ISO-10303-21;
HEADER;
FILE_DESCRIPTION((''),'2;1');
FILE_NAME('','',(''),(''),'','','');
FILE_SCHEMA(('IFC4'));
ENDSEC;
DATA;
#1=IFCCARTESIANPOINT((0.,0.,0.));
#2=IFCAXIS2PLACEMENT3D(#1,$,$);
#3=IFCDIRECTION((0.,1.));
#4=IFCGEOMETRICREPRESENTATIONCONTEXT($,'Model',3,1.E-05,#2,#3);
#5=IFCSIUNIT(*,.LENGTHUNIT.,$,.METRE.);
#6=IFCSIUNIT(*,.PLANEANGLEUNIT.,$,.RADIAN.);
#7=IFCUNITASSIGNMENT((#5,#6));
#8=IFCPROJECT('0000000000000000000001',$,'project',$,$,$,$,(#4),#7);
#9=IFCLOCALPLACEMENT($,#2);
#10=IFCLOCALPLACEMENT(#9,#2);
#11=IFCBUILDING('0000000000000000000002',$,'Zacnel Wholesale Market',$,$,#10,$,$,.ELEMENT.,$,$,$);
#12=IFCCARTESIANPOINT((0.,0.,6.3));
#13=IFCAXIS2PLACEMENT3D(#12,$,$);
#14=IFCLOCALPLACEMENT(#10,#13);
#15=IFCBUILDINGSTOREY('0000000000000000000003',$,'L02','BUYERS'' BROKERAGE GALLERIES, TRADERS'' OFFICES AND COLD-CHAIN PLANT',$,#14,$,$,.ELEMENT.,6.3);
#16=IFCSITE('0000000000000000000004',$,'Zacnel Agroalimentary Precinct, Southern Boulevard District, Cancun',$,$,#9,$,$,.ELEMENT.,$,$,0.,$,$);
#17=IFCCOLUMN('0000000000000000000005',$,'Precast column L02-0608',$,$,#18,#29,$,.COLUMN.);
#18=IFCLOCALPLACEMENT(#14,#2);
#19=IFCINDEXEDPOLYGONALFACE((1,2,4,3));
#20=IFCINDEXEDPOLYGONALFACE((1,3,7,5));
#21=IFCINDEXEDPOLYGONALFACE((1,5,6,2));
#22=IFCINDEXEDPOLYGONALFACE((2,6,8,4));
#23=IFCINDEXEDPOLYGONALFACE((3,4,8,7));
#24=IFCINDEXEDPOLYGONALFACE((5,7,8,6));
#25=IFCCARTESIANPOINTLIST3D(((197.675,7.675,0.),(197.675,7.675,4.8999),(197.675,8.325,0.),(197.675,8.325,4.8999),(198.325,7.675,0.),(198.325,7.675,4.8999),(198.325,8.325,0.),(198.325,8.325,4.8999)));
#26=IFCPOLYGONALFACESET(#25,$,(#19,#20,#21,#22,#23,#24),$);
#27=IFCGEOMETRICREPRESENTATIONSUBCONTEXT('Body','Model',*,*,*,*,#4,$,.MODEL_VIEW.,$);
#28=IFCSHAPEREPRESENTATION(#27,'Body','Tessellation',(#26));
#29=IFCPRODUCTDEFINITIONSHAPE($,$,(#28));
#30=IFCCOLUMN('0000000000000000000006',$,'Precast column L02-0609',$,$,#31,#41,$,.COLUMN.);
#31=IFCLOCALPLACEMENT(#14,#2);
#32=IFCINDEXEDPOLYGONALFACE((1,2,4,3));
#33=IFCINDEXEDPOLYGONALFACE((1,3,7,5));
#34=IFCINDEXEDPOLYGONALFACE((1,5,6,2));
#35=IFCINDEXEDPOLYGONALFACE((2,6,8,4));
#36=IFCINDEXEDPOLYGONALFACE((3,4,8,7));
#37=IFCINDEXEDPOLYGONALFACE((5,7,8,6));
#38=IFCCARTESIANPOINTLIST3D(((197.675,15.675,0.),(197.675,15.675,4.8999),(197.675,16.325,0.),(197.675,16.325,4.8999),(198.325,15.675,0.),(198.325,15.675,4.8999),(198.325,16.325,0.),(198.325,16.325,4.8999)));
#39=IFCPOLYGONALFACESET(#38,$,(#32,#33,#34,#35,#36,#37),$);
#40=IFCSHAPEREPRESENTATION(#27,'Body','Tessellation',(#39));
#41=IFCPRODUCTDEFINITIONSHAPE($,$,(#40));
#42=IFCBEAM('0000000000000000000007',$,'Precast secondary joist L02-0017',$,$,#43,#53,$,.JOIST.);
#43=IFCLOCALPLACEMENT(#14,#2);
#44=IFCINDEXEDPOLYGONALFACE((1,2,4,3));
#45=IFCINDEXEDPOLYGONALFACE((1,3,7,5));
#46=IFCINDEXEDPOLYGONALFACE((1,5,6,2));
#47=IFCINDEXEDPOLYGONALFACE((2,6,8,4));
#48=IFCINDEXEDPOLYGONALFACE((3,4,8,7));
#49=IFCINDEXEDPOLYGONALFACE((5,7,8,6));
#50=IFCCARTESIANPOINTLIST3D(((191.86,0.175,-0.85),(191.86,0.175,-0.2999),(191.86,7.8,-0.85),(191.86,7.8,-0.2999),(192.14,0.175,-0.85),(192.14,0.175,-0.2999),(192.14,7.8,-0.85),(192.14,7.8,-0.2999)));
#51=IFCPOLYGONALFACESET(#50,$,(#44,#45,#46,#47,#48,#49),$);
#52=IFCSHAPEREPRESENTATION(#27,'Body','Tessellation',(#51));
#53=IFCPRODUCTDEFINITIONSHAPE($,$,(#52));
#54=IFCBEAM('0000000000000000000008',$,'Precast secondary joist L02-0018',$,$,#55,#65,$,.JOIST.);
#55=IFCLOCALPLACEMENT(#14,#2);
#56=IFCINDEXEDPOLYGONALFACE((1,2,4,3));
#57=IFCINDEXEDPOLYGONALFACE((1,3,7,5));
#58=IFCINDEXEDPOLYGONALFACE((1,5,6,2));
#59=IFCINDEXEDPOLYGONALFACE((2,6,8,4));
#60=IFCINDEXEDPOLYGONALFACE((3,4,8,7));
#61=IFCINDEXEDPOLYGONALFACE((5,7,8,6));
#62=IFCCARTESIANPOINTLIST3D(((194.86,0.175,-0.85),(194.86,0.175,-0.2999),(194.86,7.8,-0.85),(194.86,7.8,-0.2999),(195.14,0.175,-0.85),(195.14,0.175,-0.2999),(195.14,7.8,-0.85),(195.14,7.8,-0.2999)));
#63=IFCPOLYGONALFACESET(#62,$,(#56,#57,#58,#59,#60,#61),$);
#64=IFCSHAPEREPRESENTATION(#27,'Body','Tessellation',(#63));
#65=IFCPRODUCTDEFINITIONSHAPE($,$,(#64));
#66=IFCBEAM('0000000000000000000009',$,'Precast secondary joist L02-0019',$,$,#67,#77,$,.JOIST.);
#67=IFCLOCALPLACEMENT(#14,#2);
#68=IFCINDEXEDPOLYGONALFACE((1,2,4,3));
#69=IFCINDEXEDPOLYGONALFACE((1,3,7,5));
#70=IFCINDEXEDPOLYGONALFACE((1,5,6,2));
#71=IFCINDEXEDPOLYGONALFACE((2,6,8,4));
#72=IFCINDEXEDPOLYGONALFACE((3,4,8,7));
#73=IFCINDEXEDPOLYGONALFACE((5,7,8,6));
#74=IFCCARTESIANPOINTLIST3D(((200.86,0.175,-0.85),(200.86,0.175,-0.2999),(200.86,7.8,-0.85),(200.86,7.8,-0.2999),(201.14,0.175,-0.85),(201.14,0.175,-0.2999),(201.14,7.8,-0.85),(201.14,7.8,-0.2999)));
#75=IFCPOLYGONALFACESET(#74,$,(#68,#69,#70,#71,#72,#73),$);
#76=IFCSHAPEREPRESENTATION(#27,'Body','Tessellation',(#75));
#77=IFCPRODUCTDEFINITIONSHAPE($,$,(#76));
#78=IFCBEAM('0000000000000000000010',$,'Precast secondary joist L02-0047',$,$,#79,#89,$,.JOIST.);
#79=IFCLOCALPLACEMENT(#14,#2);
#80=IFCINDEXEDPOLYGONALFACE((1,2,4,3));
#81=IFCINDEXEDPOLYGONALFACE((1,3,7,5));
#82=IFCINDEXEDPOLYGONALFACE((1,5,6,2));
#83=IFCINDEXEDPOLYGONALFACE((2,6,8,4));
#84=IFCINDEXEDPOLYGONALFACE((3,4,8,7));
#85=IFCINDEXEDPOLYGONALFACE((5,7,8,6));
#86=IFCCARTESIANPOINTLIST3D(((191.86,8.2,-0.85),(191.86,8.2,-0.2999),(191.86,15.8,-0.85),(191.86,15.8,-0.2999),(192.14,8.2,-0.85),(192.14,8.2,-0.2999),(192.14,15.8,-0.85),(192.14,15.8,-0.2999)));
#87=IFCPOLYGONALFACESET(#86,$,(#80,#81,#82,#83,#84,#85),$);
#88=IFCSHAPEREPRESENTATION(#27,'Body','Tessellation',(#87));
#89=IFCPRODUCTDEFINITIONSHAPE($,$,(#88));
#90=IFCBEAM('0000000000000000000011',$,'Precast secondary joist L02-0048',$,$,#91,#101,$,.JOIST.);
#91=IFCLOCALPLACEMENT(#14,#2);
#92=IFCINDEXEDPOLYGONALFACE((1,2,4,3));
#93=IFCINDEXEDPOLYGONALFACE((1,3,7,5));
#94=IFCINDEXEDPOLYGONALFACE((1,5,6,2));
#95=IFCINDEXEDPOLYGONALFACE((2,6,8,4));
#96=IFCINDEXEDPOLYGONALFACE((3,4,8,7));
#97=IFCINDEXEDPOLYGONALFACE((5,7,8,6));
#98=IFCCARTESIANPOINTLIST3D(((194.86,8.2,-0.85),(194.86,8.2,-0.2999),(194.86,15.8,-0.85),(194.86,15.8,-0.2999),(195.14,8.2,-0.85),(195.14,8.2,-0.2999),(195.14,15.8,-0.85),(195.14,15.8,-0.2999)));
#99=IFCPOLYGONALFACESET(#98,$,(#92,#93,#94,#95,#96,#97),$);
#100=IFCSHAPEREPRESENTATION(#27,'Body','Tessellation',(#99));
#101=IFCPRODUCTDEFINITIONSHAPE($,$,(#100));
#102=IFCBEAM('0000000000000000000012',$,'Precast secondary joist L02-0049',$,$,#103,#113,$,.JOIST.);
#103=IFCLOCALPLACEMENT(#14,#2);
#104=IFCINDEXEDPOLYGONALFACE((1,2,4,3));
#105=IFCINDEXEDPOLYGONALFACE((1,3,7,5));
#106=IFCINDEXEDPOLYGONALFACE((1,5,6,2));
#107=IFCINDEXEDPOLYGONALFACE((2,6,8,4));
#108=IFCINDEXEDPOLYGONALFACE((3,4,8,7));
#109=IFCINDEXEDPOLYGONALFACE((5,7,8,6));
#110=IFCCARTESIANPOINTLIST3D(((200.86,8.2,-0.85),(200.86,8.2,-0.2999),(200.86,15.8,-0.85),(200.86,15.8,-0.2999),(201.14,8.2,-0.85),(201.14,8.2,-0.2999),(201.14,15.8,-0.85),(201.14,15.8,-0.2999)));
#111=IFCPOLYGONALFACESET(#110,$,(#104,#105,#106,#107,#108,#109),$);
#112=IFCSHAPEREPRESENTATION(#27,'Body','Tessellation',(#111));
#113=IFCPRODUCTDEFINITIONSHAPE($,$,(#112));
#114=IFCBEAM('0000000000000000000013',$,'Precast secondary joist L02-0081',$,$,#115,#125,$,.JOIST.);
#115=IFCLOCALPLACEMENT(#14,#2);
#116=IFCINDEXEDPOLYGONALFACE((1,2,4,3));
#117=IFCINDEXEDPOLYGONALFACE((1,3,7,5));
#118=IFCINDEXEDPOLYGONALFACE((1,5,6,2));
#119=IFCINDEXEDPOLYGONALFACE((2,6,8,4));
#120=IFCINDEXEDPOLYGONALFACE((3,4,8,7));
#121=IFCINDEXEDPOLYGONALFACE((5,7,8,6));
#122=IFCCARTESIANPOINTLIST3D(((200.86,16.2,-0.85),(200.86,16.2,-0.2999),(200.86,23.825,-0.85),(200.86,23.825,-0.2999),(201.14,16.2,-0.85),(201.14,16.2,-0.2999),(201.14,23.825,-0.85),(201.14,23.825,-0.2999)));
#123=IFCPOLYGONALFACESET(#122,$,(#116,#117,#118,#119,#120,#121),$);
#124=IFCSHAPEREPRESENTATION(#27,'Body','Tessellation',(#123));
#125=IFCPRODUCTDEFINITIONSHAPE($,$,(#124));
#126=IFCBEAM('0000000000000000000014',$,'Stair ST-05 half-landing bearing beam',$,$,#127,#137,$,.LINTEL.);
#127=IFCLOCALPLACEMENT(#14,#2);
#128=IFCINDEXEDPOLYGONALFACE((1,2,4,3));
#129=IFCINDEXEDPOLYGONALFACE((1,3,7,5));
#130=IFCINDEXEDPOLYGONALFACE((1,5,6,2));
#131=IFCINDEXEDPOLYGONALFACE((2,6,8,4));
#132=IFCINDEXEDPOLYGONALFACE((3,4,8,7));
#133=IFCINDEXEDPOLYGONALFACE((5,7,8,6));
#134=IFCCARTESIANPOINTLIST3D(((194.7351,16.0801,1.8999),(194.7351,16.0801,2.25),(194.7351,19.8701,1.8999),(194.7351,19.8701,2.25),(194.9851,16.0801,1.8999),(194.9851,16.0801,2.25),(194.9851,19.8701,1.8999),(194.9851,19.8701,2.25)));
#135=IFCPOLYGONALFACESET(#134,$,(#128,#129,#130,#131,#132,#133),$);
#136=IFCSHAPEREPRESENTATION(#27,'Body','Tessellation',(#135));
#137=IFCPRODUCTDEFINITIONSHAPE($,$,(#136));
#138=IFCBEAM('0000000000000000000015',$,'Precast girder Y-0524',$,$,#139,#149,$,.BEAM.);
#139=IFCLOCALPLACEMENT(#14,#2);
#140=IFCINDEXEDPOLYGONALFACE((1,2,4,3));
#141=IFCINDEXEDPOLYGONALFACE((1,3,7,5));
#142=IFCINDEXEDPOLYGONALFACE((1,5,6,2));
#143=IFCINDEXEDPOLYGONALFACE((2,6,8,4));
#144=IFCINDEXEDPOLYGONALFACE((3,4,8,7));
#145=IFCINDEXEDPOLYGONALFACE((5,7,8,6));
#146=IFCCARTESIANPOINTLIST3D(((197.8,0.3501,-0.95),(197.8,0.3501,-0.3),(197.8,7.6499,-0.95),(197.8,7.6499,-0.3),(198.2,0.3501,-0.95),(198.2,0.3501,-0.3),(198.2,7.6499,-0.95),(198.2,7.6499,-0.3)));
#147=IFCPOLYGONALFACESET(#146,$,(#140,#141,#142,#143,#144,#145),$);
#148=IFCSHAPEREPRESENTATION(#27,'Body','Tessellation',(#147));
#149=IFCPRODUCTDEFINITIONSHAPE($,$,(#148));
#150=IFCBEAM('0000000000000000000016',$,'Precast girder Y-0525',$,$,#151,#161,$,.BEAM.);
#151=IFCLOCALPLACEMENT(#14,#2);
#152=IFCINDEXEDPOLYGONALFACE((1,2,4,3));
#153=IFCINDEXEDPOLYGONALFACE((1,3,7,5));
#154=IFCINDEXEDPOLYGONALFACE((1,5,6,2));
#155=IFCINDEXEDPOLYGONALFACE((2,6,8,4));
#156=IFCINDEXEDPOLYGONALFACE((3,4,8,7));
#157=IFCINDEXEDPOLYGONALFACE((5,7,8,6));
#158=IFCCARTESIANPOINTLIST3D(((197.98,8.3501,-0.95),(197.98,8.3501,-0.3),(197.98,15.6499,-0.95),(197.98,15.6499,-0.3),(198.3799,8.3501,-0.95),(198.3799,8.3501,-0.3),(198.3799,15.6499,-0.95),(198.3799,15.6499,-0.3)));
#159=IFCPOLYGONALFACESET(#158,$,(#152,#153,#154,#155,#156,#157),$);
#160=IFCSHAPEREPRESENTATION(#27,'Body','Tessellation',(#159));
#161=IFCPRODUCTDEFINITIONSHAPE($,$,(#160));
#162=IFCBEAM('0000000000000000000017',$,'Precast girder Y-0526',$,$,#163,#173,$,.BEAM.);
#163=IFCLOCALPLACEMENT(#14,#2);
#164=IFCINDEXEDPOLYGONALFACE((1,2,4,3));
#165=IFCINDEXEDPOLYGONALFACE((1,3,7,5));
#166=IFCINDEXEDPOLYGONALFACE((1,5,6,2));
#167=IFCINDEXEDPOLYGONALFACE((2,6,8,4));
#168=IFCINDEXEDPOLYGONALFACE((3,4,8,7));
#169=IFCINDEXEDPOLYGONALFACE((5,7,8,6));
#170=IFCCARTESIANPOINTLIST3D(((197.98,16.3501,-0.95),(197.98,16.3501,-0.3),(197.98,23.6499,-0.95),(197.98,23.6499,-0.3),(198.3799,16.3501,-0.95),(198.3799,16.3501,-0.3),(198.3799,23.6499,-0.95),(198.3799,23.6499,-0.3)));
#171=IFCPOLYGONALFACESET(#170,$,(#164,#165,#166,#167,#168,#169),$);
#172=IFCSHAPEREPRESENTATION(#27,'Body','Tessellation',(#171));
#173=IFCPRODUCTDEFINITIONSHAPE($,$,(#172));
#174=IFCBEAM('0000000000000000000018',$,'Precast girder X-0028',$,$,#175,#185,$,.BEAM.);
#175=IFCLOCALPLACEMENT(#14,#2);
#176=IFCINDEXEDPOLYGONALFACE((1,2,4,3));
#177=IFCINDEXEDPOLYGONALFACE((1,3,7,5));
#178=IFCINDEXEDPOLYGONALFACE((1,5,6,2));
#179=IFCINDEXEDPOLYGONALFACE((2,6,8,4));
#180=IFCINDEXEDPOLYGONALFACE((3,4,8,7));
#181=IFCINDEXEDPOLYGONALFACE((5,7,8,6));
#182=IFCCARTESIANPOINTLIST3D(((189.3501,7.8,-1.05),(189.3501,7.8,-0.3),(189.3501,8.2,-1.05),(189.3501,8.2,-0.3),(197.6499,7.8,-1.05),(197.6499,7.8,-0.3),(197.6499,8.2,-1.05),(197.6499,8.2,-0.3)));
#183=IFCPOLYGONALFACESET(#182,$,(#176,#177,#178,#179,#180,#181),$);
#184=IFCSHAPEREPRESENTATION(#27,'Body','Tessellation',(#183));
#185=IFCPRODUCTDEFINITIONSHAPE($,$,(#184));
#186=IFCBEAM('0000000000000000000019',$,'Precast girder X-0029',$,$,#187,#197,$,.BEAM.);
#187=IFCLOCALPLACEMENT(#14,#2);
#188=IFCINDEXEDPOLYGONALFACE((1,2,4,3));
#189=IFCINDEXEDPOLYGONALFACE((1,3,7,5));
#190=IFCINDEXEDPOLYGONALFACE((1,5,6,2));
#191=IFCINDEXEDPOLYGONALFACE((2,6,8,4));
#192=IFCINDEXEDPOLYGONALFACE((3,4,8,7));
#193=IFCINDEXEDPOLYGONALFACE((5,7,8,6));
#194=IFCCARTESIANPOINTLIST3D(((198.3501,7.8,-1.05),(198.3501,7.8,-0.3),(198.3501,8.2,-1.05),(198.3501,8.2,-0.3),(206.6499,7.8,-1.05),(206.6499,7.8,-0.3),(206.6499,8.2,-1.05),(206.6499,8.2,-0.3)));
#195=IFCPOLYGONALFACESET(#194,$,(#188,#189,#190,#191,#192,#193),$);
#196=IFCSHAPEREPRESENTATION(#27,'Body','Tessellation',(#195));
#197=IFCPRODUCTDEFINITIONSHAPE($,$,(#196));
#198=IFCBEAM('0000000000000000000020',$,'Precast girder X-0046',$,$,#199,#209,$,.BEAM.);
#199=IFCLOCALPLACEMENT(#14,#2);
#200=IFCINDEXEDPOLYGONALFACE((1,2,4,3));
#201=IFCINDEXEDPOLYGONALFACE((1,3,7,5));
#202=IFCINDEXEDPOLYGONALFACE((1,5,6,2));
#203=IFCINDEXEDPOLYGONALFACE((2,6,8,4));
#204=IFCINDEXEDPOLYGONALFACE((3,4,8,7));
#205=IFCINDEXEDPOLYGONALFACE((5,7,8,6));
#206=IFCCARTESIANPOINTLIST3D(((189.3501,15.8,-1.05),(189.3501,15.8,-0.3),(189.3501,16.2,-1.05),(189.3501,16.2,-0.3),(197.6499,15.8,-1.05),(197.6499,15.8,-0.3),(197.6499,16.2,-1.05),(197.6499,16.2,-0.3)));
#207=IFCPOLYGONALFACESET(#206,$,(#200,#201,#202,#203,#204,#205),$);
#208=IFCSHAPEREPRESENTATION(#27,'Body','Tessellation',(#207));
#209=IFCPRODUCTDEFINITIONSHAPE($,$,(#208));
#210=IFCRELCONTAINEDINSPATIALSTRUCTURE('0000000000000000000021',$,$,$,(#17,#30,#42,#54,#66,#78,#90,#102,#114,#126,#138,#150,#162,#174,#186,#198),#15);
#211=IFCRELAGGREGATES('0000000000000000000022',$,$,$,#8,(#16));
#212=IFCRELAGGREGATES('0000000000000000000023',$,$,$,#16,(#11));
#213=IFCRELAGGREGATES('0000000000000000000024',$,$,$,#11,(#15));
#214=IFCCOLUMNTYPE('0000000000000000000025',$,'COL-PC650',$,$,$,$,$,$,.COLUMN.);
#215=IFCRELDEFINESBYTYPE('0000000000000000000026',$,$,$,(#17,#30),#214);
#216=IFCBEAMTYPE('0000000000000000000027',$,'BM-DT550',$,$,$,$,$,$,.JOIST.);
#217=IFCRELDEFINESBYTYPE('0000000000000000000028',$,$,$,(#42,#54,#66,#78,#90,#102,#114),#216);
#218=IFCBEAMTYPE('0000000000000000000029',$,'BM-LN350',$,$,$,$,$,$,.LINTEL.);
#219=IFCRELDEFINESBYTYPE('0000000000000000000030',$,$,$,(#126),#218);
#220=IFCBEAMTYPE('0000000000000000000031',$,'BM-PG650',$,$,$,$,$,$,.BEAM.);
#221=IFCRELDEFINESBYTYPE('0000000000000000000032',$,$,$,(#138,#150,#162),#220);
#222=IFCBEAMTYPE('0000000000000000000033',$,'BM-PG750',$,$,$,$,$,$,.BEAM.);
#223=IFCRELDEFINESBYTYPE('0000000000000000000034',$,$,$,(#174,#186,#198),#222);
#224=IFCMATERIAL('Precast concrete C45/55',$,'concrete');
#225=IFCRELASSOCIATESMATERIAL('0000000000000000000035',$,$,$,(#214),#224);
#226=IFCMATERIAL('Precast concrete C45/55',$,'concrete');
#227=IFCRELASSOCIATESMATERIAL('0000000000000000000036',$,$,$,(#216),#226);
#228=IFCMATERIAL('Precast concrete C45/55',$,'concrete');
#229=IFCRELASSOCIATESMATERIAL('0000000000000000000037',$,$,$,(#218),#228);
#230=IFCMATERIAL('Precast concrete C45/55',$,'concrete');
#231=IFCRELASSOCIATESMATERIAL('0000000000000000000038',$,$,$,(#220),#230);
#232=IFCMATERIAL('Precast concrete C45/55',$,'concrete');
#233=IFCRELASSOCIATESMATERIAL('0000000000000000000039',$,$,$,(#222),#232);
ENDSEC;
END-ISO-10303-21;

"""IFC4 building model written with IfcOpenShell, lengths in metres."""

from ifc_helpers import new_model, si_unit, direction, frame, origin, origin_2d, place, context, subcontext, project, spatial, rectangle, extrude, material, material_profile, profile_set, type_object, element, save


model = new_model("IFC4")

# Units and contexts
model_context = context("Model", 3, precision=1e-05, world=origin(), true_north=direction((0.0, 1.0)))
body_context = subcontext(model_context, "Body", "Model", "MODEL_VIEW")
ifc_project = project(units=[si_unit("LENGTHUNIT", "METRE"), si_unit("PLANEANGLEUNIT", "RADIAN")], contexts=[model_context])

# Site, building, storey
site_placement = place(None, origin())
site = spatial("IfcSite", under=ifc_project, at=site_placement, Name="Zacnel Agroalimentary Precinct, Southern Boulevard District, Cancun", CompositionType="ELEMENT", RefElevation=0.0)
building_placement = place(site_placement, origin())
building = spatial("IfcBuilding", under=site, at=building_placement, Name="Zacnel Wholesale Market", CompositionType="ELEMENT")
storey_placement = place(building_placement, frame((0.0, 0.0, 6.3)))
storey = spatial("IfcBuildingStorey", under=building, at=storey_placement, Name="L02", Description="BUYERS' BROKERAGE GALLERIES, TRADERS' OFFICES AND COLD-CHAIN PLANT", CompositionType="ELEMENT", Elevation=6.3)

# Columns
ifc_material_1 = material(Name="Precast concrete C45/55", Category="concrete")
ifc_material_profile_1 = material_profile(ifc_material_1, rectangle(XDim=0.6499, YDim=0.6499, at=origin_2d()), Name="PC 650x650")
ifc_profile_set_1 = profile_set([ifc_material_profile_1], Name="Precast concrete C45/55")
column_type = type_object("IfcColumnType", Name="COL-PC650", PredefinedType="COLUMN", material=ifc_profile_set_1)
for number, where, z_axis, x_axis, name in (
    (1, (198.0, 8.0, 0.0), (0.0, 0.0, 1.0), (1.0, 0.0, 0.0), "Precast column L02-0608"),
    (2, (198.0, 16.0, 0.0), (0.0, 0.0, 1.0), (1.0, 0.0, 0.0), "Precast column L02-0609"),
):
    element("IfcColumn", number, at=place(storey_placement, frame(where, z_axis=z_axis, x_axis=x_axis)), inside=storey, type_object=column_type, Name=name, PredefinedType="COLUMN", context=body_context, shape_type="SweptSolid", body=[
        extrude(rectangle(XDim=0.6499, YDim=0.6499, at=origin_2d()), origin(), (0.0, 0.0, 1.0), 4.8999),
    ])

# Beams
ifc_material_2 = material(Name="Precast concrete C45/55", Category="concrete")
ifc_material_profile_2 = material_profile(ifc_material_2, rectangle(XDim=0.28, YDim=0.55, at=origin_2d()), Name="DT RIB 280x550")
ifc_profile_set_2 = profile_set([ifc_material_profile_2], Name="Precast concrete C45/55")
beam_type_1 = type_object("IfcBeamType", Name="BM-DT550", PredefinedType="JOIST", material=ifc_profile_set_2)
for number, where, z_axis, x_axis, name in (
    (3, (192.0, 0.175, -0.575), (0.0, 1.0, 0.0), (-1.0, 0.0, 0.0), "Precast secondary joist L02-0017"),
    (4, (195.0, 0.175, -0.575), (0.0, 1.0, 0.0), (-1.0, 0.0, 0.0), "Precast secondary joist L02-0018"),
    (5, (201.0, 0.175, -0.575), (0.0, 1.0, 0.0), (-1.0, 0.0, 0.0), "Precast secondary joist L02-0019"),
):
    element("IfcBeam", number, at=place(storey_placement, frame(where, z_axis=z_axis, x_axis=x_axis)), inside=storey, type_object=beam_type_1, Name=name, PredefinedType="JOIST", context=body_context, shape_type="SweptSolid", body=[
        extrude(rectangle(XDim=0.28, YDim=0.55, at=origin_2d()), origin(), (0.0, 0.0, 1.0), 7.625),
    ])
for number, where, z_axis, x_axis, name in (
    (6, (192.0, 8.2, -0.575), (0.0, 1.0, 0.0), (-1.0, 0.0, 0.0), "Precast secondary joist L02-0047"),
    (7, (195.0, 8.2, -0.575), (0.0, 1.0, 0.0), (-1.0, 0.0, 0.0), "Precast secondary joist L02-0048"),
    (8, (201.0, 8.2, -0.575), (0.0, 1.0, 0.0), (-1.0, 0.0, 0.0), "Precast secondary joist L02-0049"),
):
    element("IfcBeam", number, at=place(storey_placement, frame(where, z_axis=z_axis, x_axis=x_axis)), inside=storey, type_object=beam_type_1, Name=name, PredefinedType="JOIST", context=body_context, shape_type="SweptSolid", body=[
        extrude(rectangle(XDim=0.28, YDim=0.55, at=origin_2d()), origin(), (0.0, 0.0, 1.0), 7.6001),
    ])
beam_1_placement = place(storey_placement, frame((201.0, 16.2, -0.575), z_axis=(0.0, 1.0, 0.0), x_axis=(-1.0, 0.0, 0.0)))
element("IfcBeam", 9, at=beam_1_placement, inside=storey, type_object=beam_type_1, Name="Precast secondary joist L02-0081", PredefinedType="JOIST", context=body_context, shape_type="SweptSolid", body=[
    extrude(rectangle(XDim=0.28, YDim=0.55, at=origin_2d()), origin(), (0.0, 0.0, 1.0), 7.625),
])
ifc_material_3 = material(Name="Precast concrete C45/55", Category="concrete")
ifc_material_profile_3 = material_profile(ifc_material_3, rectangle(XDim=0.25, YDim=0.3501, at=origin_2d()), Name="LN 250x350")
ifc_profile_set_3 = profile_set([ifc_material_profile_3], Name="Precast concrete C45/55")
beam_type_2 = type_object("IfcBeamType", Name="BM-LN350", PredefinedType="LINTEL", material=ifc_profile_set_3)
beam_2_placement = place(storey_placement, frame((194.8601, 16.0801, 2.075), z_axis=(0.0, 1.0, 0.0), x_axis=(-1.0, 0.0, 0.0)))
element("IfcBeam", 10, at=beam_2_placement, inside=storey, type_object=beam_type_2, Name="Stair ST-05 half-landing bearing beam", PredefinedType="LINTEL", context=body_context, shape_type="SweptSolid", body=[
    extrude(rectangle(XDim=0.25, YDim=0.3501, at=origin_2d()), origin(), (0.0, 0.0, 1.0), 3.79),
])
ifc_material_4 = material(Name="Precast concrete C45/55", Category="concrete")
ifc_material_profile_4 = material_profile(ifc_material_4, rectangle(XDim=0.3999, YDim=0.6499, at=origin_2d()), Name="PG 400x650")
ifc_profile_set_4 = profile_set([ifc_material_profile_4], Name="Precast concrete C45/55")
beam_type_3 = type_object("IfcBeamType", Name="BM-PG650", PredefinedType="BEAM", material=ifc_profile_set_4)
for number, where, z_axis, x_axis, name in (
    (11, (198.0, 0.3501, -0.625), (0.0, 1.0, 0.0), (-1.0, 0.0, 0.0), "Precast girder Y-0524"),
    (12, (198.1799, 8.3501, -0.625), (0.0, 1.0, 0.0), (-1.0, 0.0, 0.0), "Precast girder Y-0525"),
    (13, (198.1799, 16.3501, -0.625), (0.0, 1.0, 0.0), (-1.0, 0.0, 0.0), "Precast girder Y-0526"),
):
    element("IfcBeam", number, at=place(storey_placement, frame(where, z_axis=z_axis, x_axis=x_axis)), inside=storey, type_object=beam_type_3, Name=name, PredefinedType="BEAM", context=body_context, shape_type="SweptSolid", body=[
        extrude(rectangle(XDim=0.3999, YDim=0.6499, at=origin_2d()), origin(), (0.0, 0.0, 1.0), 7.2998),
    ])
ifc_material_5 = material(Name="Precast concrete C45/55", Category="concrete")
ifc_material_profile_5 = material_profile(ifc_material_5, rectangle(XDim=0.3999, YDim=0.75, at=origin_2d()), Name="PG 400x750")
ifc_profile_set_5 = profile_set([ifc_material_profile_5], Name="Precast concrete C45/55")
beam_type_4 = type_object("IfcBeamType", Name="BM-PG750", PredefinedType="BEAM", material=ifc_profile_set_5)
for number, where, z_axis, x_axis, name in (
    (14, (189.3501, 8.0, -0.675), (1.0, 0.0, 0.0), (0.0, 1.0, 0.0), "Precast girder X-0028"),
    (15, (198.3501, 8.0, -0.675), (1.0, 0.0, 0.0), (0.0, 1.0, 0.0), "Precast girder X-0029"),
    (16, (189.3501, 16.0, -0.675), (1.0, 0.0, 0.0), (0.0, 1.0, 0.0), "Precast girder X-0046"),
):
    element("IfcBeam", number, at=place(storey_placement, frame(where, z_axis=z_axis, x_axis=x_axis)), inside=storey, type_object=beam_type_4, Name=name, PredefinedType="BEAM", context=body_context, shape_type="SweptSolid", body=[
        extrude(rectangle(XDim=0.3999, YDim=0.75, at=origin_2d()), origin(), (0.0, 0.0, 1.0), 8.2998),
    ])

save(model, "model.ifc")
